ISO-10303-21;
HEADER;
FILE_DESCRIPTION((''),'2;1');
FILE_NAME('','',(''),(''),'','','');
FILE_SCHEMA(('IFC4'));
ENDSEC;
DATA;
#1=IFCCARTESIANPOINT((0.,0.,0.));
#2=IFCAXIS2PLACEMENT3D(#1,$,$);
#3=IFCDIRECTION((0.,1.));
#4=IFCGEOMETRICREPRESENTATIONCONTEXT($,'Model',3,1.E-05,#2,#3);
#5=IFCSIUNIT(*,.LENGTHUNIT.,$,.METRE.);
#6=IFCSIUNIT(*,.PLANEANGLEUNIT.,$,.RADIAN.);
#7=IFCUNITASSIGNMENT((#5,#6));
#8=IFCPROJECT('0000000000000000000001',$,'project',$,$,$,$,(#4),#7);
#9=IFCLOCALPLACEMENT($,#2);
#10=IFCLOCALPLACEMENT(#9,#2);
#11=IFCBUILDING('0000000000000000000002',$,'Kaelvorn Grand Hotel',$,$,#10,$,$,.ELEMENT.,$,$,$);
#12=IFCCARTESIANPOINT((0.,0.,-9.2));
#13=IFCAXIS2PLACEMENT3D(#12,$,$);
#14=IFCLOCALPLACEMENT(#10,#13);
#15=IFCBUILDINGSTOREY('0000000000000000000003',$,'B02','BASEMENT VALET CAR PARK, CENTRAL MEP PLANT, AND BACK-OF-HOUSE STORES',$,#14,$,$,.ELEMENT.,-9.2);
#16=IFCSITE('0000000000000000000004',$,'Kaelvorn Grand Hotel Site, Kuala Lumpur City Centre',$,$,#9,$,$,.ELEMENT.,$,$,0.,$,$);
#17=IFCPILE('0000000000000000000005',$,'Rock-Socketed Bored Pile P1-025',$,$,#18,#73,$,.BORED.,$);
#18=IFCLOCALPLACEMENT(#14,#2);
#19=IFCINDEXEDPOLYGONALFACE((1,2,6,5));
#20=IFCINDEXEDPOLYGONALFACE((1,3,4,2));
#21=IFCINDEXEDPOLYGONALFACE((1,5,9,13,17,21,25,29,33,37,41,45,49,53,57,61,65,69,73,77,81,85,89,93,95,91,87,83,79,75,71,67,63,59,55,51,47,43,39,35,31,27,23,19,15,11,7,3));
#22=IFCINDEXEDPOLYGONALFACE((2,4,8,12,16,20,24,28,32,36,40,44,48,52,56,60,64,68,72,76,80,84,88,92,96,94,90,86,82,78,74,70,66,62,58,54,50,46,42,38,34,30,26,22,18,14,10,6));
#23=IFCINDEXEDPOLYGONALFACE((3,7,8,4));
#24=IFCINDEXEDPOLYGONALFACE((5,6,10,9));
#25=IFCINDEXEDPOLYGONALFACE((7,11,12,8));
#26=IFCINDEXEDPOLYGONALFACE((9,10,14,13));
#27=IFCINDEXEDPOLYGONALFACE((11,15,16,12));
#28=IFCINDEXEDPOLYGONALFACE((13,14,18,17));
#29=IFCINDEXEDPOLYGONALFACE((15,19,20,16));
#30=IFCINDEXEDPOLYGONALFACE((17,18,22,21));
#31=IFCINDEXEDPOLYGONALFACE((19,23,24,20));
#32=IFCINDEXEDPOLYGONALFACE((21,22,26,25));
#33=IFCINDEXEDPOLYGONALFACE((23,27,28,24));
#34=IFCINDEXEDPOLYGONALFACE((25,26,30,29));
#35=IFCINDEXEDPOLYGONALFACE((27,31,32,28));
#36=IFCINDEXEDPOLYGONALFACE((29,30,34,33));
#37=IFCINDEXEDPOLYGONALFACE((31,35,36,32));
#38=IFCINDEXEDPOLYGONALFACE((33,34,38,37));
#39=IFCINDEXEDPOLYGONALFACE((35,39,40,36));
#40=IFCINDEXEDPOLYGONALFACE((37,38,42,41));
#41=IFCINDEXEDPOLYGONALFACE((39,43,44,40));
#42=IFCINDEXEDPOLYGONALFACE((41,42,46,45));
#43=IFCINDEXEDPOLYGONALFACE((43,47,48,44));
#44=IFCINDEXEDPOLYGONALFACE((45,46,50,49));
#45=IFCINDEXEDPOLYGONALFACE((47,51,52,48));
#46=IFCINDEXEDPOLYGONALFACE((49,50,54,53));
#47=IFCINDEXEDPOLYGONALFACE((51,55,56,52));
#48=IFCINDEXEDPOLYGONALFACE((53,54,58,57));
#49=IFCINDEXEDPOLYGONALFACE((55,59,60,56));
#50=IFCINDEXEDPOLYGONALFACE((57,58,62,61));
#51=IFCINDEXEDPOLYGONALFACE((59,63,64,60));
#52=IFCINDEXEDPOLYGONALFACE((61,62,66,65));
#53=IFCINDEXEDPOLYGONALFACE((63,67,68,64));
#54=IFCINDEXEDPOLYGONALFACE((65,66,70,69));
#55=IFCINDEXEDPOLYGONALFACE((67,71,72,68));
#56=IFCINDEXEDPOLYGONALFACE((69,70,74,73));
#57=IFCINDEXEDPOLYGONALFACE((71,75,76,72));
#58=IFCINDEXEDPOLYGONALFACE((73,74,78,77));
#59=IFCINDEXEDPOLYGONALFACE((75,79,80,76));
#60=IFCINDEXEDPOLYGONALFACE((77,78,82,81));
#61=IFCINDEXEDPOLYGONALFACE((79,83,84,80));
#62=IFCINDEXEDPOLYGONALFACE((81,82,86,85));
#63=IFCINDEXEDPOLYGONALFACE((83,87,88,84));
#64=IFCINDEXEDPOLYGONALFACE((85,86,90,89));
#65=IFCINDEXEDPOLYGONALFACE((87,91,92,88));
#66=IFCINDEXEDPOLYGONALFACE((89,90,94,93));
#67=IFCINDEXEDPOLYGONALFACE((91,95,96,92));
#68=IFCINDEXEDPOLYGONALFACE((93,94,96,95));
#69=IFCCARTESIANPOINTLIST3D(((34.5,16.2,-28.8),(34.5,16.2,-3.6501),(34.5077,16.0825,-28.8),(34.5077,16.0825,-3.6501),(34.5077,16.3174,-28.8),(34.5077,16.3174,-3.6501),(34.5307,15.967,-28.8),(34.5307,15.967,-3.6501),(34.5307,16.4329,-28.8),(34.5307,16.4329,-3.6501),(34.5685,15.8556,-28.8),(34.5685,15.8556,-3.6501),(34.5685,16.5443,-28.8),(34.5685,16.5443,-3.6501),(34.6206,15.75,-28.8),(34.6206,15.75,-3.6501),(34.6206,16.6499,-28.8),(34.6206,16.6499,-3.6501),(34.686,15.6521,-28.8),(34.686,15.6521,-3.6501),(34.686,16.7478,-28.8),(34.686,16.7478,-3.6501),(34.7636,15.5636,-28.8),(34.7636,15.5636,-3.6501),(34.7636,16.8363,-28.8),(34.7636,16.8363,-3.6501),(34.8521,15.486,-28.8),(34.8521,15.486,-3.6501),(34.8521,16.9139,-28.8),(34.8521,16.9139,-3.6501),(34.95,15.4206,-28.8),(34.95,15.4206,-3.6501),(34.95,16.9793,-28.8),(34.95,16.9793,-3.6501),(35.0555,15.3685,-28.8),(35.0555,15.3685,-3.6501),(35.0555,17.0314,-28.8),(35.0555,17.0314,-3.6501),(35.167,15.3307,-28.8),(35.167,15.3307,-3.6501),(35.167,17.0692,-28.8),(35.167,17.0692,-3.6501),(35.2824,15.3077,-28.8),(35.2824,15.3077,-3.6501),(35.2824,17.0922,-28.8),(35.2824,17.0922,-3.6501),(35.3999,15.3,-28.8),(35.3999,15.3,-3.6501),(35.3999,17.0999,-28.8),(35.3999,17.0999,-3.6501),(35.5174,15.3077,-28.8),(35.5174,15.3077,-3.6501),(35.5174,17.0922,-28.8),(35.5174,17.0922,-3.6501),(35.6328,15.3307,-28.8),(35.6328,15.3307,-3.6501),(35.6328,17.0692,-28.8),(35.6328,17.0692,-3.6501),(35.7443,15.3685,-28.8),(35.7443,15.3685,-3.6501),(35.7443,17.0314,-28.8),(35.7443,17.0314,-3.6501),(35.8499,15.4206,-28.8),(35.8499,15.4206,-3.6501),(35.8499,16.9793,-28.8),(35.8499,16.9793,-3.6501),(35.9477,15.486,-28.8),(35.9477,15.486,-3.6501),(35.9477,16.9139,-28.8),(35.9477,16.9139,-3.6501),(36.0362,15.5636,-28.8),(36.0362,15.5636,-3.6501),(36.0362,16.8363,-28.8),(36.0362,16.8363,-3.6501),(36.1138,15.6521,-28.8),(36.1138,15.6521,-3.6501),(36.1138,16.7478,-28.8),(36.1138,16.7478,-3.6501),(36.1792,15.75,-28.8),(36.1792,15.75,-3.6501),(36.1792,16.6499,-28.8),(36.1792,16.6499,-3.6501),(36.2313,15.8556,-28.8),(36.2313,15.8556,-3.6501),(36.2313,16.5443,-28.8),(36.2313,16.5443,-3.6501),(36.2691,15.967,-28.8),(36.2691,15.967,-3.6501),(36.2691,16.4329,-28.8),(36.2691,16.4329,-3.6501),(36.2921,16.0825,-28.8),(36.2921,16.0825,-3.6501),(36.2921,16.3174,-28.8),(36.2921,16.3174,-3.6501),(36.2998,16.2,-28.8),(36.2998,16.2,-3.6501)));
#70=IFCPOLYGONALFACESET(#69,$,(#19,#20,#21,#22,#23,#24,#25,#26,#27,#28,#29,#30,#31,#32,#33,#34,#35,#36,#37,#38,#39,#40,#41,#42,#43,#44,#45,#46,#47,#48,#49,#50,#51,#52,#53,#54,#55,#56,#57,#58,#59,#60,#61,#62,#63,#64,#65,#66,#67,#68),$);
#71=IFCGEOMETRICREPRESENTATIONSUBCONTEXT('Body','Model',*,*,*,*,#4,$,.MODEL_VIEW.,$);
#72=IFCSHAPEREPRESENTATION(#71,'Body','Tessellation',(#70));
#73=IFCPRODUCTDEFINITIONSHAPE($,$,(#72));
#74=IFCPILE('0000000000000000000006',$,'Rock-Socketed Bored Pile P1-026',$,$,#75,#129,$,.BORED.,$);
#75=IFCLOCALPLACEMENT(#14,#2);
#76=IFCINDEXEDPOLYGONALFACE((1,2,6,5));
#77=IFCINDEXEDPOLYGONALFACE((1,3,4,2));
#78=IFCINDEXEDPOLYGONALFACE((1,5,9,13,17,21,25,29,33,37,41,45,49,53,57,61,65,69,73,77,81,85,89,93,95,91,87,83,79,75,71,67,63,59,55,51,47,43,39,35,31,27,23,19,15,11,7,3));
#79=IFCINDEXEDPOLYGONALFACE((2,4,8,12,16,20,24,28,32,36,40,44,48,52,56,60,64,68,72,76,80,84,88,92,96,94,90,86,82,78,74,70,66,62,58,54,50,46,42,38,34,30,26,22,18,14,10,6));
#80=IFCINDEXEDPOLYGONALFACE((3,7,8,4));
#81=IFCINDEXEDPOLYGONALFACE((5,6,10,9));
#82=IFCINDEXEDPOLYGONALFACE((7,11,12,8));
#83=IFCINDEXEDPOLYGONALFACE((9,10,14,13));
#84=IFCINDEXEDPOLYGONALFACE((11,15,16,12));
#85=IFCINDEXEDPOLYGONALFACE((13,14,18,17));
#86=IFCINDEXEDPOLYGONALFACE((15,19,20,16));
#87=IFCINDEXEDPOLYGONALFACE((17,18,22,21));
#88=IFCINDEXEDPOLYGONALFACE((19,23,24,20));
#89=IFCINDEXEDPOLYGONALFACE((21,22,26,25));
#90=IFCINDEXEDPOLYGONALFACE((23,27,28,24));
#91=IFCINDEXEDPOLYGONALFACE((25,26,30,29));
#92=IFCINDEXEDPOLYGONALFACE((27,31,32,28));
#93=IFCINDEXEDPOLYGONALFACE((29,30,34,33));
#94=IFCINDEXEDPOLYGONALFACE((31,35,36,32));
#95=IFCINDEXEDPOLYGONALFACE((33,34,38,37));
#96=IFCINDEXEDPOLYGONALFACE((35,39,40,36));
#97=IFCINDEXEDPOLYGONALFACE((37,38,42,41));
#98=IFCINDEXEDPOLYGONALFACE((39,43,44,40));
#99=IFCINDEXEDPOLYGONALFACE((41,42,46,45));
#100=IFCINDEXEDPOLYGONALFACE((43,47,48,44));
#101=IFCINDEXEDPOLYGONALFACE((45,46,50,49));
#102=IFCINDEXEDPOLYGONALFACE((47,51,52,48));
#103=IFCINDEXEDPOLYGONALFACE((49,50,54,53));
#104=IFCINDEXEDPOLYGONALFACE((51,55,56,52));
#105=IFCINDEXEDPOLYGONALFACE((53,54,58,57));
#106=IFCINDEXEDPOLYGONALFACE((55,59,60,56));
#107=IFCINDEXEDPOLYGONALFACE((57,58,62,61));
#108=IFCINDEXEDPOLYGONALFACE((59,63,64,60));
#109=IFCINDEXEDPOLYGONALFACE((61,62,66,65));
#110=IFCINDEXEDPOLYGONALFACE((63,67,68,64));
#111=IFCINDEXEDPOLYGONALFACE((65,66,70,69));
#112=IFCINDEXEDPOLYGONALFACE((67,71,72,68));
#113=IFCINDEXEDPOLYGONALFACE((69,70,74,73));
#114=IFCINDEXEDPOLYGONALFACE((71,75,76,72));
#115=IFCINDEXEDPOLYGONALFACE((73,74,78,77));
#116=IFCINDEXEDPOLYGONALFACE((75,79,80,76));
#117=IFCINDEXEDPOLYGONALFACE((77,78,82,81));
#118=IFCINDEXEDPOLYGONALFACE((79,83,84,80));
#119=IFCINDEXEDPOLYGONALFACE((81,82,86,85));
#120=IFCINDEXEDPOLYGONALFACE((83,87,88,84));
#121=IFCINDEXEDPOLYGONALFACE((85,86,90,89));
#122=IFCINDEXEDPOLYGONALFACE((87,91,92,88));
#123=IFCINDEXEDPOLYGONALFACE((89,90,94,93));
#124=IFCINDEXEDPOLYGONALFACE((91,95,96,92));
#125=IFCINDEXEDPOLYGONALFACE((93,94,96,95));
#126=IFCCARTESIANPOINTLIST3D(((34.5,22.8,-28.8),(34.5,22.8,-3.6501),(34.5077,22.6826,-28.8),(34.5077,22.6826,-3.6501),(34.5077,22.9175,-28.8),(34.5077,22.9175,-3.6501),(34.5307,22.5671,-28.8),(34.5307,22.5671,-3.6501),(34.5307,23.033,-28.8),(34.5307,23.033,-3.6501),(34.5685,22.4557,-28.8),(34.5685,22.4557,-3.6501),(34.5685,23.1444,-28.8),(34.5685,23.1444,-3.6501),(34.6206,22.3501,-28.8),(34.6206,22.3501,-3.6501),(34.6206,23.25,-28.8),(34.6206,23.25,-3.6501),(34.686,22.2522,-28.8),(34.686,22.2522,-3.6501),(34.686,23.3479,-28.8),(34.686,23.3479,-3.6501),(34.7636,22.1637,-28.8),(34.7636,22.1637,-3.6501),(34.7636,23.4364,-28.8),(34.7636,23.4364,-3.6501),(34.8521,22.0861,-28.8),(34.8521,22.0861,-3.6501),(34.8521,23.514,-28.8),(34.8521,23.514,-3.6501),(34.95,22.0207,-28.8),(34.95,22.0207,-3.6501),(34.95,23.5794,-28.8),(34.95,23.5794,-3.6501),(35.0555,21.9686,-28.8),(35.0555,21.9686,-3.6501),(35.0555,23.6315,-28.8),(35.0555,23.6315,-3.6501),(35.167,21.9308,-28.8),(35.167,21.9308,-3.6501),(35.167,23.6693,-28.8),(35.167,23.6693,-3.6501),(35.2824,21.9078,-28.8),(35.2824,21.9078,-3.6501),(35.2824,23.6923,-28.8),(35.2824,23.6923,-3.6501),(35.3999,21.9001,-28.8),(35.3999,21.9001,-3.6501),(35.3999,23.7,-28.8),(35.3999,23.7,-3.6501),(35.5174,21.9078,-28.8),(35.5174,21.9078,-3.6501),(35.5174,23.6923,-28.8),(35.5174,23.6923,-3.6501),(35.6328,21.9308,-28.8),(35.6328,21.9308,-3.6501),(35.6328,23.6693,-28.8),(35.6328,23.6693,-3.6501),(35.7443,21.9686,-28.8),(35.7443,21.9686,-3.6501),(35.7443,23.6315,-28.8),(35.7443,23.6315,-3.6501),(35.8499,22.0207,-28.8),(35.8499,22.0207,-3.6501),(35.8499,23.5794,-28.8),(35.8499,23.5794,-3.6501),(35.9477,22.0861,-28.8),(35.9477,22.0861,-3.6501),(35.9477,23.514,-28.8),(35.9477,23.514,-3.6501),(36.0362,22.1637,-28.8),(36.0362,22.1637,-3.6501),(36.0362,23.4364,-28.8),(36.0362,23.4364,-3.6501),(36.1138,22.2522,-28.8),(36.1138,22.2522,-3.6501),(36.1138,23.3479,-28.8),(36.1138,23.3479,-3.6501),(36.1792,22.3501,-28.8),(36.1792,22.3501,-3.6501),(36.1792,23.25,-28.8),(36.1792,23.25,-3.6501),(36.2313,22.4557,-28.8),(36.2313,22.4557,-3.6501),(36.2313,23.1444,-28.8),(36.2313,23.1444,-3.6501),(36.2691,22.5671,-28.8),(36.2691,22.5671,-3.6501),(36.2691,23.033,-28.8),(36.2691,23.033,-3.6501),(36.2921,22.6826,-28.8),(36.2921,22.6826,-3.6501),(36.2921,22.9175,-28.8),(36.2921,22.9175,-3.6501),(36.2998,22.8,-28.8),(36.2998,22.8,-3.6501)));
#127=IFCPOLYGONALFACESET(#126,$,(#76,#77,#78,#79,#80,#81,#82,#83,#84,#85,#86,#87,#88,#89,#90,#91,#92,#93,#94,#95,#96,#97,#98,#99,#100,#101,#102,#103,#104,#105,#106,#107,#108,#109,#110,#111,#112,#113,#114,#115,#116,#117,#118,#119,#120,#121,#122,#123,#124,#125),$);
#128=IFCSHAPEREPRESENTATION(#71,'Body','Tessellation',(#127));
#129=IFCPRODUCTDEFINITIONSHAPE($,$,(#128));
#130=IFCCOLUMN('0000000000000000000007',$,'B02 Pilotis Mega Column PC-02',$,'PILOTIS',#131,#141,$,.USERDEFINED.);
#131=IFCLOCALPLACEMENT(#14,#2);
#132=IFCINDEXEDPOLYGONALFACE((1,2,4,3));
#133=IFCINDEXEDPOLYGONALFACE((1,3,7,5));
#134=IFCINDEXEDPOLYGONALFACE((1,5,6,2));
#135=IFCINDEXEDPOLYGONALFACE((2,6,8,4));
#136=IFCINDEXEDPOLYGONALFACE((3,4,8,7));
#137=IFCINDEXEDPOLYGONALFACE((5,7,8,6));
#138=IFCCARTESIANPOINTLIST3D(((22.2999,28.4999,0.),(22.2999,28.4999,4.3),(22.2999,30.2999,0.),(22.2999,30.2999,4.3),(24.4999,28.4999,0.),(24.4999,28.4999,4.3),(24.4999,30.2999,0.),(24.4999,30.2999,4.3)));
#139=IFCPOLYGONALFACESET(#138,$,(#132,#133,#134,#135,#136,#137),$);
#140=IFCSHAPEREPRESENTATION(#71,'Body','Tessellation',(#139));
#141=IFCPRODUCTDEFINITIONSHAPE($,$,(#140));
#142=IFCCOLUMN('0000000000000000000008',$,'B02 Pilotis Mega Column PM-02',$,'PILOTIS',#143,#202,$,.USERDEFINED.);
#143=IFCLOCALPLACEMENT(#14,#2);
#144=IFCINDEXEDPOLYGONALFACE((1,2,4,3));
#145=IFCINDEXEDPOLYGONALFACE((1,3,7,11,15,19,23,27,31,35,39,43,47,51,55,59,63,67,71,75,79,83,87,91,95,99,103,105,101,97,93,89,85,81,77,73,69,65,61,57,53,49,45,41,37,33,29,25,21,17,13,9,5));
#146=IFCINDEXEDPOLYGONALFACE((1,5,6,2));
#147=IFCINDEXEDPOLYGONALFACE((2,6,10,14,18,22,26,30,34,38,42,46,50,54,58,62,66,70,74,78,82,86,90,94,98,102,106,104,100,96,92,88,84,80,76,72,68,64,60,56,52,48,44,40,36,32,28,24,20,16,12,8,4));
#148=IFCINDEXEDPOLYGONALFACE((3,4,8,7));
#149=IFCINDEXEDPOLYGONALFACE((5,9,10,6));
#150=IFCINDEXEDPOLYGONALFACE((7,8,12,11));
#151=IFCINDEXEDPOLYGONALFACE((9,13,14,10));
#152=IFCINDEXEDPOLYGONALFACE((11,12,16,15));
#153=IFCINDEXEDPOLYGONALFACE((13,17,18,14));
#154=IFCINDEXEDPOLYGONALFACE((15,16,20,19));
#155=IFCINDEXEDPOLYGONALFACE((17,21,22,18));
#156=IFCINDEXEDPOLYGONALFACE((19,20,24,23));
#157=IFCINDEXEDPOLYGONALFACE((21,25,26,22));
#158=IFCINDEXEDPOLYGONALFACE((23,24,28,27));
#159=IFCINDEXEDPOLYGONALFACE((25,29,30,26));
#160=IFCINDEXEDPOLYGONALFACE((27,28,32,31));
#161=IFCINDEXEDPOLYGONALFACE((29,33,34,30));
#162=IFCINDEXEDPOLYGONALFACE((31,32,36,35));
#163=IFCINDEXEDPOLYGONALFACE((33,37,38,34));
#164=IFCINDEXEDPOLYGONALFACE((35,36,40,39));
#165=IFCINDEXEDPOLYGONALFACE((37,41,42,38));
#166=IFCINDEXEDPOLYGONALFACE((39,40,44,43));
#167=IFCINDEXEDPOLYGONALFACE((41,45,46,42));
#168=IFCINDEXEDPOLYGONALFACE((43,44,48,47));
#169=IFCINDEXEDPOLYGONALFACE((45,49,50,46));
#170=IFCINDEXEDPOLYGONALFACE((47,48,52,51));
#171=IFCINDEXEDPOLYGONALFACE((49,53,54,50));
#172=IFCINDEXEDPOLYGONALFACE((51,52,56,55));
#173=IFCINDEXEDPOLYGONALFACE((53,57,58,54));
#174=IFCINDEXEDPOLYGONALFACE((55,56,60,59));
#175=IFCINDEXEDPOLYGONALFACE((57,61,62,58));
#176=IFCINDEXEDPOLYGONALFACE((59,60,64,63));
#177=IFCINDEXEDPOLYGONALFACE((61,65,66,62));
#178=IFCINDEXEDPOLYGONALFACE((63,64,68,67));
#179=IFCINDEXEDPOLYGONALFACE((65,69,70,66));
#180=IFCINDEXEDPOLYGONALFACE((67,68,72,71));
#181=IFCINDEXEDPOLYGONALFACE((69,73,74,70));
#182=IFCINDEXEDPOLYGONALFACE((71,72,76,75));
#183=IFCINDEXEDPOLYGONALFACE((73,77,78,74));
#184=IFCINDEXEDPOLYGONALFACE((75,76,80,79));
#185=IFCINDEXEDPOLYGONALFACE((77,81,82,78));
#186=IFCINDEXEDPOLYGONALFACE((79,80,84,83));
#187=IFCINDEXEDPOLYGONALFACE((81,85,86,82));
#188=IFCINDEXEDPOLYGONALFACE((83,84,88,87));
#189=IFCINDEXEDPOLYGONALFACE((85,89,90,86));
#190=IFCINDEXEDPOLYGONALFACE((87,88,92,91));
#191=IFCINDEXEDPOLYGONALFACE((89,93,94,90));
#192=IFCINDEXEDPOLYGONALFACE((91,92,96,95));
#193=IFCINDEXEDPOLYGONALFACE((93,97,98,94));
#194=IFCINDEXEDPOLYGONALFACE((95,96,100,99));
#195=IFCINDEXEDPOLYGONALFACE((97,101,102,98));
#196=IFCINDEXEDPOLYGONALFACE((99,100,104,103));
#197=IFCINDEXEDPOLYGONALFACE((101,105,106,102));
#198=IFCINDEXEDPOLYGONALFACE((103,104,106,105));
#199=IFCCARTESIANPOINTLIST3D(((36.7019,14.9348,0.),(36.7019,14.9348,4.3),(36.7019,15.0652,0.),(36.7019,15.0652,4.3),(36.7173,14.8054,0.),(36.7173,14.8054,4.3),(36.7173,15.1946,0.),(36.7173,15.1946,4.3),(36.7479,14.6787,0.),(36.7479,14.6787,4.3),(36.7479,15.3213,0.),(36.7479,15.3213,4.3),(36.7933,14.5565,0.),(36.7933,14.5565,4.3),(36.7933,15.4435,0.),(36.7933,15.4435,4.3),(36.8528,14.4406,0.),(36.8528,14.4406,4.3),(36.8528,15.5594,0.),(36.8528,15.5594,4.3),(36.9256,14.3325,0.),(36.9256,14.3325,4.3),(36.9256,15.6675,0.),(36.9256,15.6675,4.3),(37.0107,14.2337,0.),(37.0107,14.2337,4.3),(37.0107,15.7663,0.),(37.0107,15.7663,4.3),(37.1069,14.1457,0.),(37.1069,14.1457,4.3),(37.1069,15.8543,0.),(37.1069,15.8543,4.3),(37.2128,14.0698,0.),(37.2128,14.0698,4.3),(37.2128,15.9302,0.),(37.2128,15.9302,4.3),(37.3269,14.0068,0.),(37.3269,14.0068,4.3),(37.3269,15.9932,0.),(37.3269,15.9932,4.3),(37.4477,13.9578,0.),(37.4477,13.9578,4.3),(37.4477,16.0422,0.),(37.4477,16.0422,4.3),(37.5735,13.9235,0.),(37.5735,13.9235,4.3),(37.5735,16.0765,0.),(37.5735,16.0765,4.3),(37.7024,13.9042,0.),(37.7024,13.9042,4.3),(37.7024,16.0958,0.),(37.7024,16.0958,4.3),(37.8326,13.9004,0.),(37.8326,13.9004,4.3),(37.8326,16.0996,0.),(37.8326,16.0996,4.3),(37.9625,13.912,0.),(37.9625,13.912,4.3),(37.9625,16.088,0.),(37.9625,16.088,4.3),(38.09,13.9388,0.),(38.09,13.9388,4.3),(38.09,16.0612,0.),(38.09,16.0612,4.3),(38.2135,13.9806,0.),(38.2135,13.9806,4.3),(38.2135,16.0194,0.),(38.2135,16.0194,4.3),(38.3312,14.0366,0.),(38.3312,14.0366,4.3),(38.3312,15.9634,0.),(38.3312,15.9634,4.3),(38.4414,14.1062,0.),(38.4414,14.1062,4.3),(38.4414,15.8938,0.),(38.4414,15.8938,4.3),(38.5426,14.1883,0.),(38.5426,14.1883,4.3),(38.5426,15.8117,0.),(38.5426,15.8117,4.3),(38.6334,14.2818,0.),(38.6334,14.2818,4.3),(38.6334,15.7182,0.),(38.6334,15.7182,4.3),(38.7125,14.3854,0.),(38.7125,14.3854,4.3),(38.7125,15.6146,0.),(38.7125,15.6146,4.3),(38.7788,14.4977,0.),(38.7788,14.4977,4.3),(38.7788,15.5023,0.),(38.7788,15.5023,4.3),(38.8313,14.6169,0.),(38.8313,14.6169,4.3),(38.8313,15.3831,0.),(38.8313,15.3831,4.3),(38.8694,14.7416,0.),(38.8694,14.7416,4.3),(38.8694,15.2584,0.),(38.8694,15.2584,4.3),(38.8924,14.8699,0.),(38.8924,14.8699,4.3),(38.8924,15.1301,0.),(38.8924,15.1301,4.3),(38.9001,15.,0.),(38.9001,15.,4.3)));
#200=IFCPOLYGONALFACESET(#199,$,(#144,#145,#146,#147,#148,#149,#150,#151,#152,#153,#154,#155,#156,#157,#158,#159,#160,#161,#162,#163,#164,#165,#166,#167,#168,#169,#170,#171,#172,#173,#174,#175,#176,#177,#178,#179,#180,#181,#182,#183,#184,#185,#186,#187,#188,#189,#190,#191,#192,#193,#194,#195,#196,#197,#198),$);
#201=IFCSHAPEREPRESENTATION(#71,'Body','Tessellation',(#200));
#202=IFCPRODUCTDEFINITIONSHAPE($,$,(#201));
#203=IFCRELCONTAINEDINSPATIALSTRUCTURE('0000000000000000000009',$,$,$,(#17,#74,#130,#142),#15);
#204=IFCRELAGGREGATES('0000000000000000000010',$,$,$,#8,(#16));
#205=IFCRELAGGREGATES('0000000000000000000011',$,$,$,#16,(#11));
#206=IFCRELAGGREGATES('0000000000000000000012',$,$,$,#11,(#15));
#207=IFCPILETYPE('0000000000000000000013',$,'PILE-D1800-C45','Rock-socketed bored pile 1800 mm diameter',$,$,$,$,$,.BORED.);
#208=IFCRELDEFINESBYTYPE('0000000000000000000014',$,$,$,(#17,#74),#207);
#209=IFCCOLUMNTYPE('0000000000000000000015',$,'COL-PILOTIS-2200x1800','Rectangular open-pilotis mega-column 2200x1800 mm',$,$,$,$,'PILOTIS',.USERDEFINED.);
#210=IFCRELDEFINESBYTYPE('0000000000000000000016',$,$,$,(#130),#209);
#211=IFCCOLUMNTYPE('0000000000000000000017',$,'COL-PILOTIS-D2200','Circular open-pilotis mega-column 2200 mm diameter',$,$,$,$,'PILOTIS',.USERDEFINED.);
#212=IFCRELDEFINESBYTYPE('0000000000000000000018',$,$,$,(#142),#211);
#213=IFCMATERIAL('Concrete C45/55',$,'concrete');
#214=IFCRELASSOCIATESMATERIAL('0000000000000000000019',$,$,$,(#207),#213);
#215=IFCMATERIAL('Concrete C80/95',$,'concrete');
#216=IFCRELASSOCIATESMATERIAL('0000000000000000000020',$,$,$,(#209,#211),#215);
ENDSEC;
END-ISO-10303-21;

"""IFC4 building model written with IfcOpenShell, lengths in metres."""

from ifc_helpers import new_model, si_unit, direction, frame, origin, origin_2d, place, context, subcontext, project, spatial, rectangle, circle, extrude, material, material_profile, profile_set, type_object, element, save


model = new_model("IFC4")

# Units and contexts
model_context = context("Model", 3, precision=1e-05, world=origin(), true_north=direction((0.0, 1.0)))
body_context = subcontext(model_context, "Body", "Model", "MODEL_VIEW")
ifc_project = project(units=[si_unit("LENGTHUNIT", "METRE"), si_unit("PLANEANGLEUNIT", "RADIAN")], contexts=[model_context])

# Site, building, storey
site_placement = place(None, origin())
site = spatial("IfcSite", under=ifc_project, at=site_placement, Name="Kaelvorn Grand Hotel Site, Kuala Lumpur City Centre", CompositionType="ELEMENT", RefElevation=0.0)
building_placement = place(site_placement, origin())
building = spatial("IfcBuilding", under=site, at=building_placement, Name="Kaelvorn Grand Hotel", CompositionType="ELEMENT")
storey_placement = place(building_placement, frame((0.0, 0.0, -9.2)))
storey = spatial("IfcBuildingStorey", under=building, at=storey_placement, Name="B02", Description="BASEMENT VALET CAR PARK, CENTRAL MEP PLANT, AND BACK-OF-HOUSE STORES", CompositionType="ELEMENT", Elevation=-9.2)

# Piles
ifc_material_1 = material(Name="Concrete C45/55", Category="concrete")
ifc_material_profile_1 = material_profile(ifc_material_1, circle(Radius=0.8999, at=origin_2d()), Name="BORED PILE D1800")
ifc_profile_set_1 = profile_set([ifc_material_profile_1], Name="Concrete C45/55")
pile_type = type_object("IfcPileType", Name="PILE-D1800-C45", Description="Rock-socketed bored pile 1800 mm diameter", PredefinedType="BORED", material=ifc_profile_set_1)
for number, where, z_axis, x_axis, name in (
    (1, (35.3999, 16.2, -3.6501), (0.0, 0.0, -1.0), (1.0, 0.0, 0.0), "Rock-Socketed Bored Pile P1-025"),
    (2, (35.3999, 22.8, -3.6501), (0.0, 0.0, -1.0), (1.0, 0.0, 0.0), "Rock-Socketed Bored Pile P1-026"),
):
    element("IfcPile", number, at=place(storey_placement, frame(where, z_axis=z_axis, x_axis=x_axis)), inside=storey, type_object=pile_type, Name=name, PredefinedType="BORED", context=body_context, shape_type="SweptSolid", body=[
        extrude(circle(Radius=0.8999, at=origin_2d()), origin(), (0.0, 0.0, 1.0), 25.1499),
    ])

# Columns
ifc_material_2 = material(Name="Concrete C80/95", Category="concrete")
ifc_material_profile_2 = material_profile(ifc_material_2, rectangle(XDim=2.2, YDim=1.8, at=origin_2d()), Name="PILOTIS 2200x1800")
ifc_profile_set_2 = profile_set([ifc_material_profile_2], Name="Concrete C80/95")
column_type_1 = type_object("IfcColumnType", Name="COL-PILOTIS-2200x1800", Description="Rectangular open-pilotis mega-column 2200x1800 mm", ElementType="PILOTIS", PredefinedType="USERDEFINED", material=ifc_profile_set_2)
column_1_placement = place(storey_placement, frame((23.3999, 29.3999, 0.0), z_axis=(0.0, 0.0, 1.0), x_axis=(1.0, 0.0, 0.0)))
element("IfcColumn", 3, at=column_1_placement, inside=storey, type_object=column_type_1, Name="B02 Pilotis Mega Column PC-02", ObjectType="PILOTIS", PredefinedType="USERDEFINED", context=body_context, shape_type="SweptSolid", body=[
    extrude(rectangle(XDim=2.2, YDim=1.8, at=origin_2d()), origin(), (0.0, 0.0, 1.0), 4.3),
])
ifc_material_profile_3 = material_profile(ifc_material_2, circle(Radius=1.1001, at=origin_2d()), Name="PILOTIS D2200")
ifc_profile_set_3 = profile_set([ifc_material_profile_3], Name="Concrete C80/95")
column_type_2 = type_object("IfcColumnType", Name="COL-PILOTIS-D2200", Description="Circular open-pilotis mega-column 2200 mm diameter", ElementType="PILOTIS", PredefinedType="USERDEFINED", material=ifc_profile_set_3)
column_2_placement = place(storey_placement, frame((37.8, 15.0, 0.0), z_axis=(0.0, 0.0, 1.0), x_axis=(1.0, 0.0, 0.0)))
element("IfcColumn", 4, at=column_2_placement, inside=storey, type_object=column_type_2, Name="B02 Pilotis Mega Column PM-02", ObjectType="PILOTIS", PredefinedType="USERDEFINED", context=body_context, shape_type="SweptSolid", body=[
    extrude(circle(Radius=1.1001, at=origin_2d()), origin(), (0.0, 0.0, 1.0), 4.3),
])

save(model, "model.ifc")
